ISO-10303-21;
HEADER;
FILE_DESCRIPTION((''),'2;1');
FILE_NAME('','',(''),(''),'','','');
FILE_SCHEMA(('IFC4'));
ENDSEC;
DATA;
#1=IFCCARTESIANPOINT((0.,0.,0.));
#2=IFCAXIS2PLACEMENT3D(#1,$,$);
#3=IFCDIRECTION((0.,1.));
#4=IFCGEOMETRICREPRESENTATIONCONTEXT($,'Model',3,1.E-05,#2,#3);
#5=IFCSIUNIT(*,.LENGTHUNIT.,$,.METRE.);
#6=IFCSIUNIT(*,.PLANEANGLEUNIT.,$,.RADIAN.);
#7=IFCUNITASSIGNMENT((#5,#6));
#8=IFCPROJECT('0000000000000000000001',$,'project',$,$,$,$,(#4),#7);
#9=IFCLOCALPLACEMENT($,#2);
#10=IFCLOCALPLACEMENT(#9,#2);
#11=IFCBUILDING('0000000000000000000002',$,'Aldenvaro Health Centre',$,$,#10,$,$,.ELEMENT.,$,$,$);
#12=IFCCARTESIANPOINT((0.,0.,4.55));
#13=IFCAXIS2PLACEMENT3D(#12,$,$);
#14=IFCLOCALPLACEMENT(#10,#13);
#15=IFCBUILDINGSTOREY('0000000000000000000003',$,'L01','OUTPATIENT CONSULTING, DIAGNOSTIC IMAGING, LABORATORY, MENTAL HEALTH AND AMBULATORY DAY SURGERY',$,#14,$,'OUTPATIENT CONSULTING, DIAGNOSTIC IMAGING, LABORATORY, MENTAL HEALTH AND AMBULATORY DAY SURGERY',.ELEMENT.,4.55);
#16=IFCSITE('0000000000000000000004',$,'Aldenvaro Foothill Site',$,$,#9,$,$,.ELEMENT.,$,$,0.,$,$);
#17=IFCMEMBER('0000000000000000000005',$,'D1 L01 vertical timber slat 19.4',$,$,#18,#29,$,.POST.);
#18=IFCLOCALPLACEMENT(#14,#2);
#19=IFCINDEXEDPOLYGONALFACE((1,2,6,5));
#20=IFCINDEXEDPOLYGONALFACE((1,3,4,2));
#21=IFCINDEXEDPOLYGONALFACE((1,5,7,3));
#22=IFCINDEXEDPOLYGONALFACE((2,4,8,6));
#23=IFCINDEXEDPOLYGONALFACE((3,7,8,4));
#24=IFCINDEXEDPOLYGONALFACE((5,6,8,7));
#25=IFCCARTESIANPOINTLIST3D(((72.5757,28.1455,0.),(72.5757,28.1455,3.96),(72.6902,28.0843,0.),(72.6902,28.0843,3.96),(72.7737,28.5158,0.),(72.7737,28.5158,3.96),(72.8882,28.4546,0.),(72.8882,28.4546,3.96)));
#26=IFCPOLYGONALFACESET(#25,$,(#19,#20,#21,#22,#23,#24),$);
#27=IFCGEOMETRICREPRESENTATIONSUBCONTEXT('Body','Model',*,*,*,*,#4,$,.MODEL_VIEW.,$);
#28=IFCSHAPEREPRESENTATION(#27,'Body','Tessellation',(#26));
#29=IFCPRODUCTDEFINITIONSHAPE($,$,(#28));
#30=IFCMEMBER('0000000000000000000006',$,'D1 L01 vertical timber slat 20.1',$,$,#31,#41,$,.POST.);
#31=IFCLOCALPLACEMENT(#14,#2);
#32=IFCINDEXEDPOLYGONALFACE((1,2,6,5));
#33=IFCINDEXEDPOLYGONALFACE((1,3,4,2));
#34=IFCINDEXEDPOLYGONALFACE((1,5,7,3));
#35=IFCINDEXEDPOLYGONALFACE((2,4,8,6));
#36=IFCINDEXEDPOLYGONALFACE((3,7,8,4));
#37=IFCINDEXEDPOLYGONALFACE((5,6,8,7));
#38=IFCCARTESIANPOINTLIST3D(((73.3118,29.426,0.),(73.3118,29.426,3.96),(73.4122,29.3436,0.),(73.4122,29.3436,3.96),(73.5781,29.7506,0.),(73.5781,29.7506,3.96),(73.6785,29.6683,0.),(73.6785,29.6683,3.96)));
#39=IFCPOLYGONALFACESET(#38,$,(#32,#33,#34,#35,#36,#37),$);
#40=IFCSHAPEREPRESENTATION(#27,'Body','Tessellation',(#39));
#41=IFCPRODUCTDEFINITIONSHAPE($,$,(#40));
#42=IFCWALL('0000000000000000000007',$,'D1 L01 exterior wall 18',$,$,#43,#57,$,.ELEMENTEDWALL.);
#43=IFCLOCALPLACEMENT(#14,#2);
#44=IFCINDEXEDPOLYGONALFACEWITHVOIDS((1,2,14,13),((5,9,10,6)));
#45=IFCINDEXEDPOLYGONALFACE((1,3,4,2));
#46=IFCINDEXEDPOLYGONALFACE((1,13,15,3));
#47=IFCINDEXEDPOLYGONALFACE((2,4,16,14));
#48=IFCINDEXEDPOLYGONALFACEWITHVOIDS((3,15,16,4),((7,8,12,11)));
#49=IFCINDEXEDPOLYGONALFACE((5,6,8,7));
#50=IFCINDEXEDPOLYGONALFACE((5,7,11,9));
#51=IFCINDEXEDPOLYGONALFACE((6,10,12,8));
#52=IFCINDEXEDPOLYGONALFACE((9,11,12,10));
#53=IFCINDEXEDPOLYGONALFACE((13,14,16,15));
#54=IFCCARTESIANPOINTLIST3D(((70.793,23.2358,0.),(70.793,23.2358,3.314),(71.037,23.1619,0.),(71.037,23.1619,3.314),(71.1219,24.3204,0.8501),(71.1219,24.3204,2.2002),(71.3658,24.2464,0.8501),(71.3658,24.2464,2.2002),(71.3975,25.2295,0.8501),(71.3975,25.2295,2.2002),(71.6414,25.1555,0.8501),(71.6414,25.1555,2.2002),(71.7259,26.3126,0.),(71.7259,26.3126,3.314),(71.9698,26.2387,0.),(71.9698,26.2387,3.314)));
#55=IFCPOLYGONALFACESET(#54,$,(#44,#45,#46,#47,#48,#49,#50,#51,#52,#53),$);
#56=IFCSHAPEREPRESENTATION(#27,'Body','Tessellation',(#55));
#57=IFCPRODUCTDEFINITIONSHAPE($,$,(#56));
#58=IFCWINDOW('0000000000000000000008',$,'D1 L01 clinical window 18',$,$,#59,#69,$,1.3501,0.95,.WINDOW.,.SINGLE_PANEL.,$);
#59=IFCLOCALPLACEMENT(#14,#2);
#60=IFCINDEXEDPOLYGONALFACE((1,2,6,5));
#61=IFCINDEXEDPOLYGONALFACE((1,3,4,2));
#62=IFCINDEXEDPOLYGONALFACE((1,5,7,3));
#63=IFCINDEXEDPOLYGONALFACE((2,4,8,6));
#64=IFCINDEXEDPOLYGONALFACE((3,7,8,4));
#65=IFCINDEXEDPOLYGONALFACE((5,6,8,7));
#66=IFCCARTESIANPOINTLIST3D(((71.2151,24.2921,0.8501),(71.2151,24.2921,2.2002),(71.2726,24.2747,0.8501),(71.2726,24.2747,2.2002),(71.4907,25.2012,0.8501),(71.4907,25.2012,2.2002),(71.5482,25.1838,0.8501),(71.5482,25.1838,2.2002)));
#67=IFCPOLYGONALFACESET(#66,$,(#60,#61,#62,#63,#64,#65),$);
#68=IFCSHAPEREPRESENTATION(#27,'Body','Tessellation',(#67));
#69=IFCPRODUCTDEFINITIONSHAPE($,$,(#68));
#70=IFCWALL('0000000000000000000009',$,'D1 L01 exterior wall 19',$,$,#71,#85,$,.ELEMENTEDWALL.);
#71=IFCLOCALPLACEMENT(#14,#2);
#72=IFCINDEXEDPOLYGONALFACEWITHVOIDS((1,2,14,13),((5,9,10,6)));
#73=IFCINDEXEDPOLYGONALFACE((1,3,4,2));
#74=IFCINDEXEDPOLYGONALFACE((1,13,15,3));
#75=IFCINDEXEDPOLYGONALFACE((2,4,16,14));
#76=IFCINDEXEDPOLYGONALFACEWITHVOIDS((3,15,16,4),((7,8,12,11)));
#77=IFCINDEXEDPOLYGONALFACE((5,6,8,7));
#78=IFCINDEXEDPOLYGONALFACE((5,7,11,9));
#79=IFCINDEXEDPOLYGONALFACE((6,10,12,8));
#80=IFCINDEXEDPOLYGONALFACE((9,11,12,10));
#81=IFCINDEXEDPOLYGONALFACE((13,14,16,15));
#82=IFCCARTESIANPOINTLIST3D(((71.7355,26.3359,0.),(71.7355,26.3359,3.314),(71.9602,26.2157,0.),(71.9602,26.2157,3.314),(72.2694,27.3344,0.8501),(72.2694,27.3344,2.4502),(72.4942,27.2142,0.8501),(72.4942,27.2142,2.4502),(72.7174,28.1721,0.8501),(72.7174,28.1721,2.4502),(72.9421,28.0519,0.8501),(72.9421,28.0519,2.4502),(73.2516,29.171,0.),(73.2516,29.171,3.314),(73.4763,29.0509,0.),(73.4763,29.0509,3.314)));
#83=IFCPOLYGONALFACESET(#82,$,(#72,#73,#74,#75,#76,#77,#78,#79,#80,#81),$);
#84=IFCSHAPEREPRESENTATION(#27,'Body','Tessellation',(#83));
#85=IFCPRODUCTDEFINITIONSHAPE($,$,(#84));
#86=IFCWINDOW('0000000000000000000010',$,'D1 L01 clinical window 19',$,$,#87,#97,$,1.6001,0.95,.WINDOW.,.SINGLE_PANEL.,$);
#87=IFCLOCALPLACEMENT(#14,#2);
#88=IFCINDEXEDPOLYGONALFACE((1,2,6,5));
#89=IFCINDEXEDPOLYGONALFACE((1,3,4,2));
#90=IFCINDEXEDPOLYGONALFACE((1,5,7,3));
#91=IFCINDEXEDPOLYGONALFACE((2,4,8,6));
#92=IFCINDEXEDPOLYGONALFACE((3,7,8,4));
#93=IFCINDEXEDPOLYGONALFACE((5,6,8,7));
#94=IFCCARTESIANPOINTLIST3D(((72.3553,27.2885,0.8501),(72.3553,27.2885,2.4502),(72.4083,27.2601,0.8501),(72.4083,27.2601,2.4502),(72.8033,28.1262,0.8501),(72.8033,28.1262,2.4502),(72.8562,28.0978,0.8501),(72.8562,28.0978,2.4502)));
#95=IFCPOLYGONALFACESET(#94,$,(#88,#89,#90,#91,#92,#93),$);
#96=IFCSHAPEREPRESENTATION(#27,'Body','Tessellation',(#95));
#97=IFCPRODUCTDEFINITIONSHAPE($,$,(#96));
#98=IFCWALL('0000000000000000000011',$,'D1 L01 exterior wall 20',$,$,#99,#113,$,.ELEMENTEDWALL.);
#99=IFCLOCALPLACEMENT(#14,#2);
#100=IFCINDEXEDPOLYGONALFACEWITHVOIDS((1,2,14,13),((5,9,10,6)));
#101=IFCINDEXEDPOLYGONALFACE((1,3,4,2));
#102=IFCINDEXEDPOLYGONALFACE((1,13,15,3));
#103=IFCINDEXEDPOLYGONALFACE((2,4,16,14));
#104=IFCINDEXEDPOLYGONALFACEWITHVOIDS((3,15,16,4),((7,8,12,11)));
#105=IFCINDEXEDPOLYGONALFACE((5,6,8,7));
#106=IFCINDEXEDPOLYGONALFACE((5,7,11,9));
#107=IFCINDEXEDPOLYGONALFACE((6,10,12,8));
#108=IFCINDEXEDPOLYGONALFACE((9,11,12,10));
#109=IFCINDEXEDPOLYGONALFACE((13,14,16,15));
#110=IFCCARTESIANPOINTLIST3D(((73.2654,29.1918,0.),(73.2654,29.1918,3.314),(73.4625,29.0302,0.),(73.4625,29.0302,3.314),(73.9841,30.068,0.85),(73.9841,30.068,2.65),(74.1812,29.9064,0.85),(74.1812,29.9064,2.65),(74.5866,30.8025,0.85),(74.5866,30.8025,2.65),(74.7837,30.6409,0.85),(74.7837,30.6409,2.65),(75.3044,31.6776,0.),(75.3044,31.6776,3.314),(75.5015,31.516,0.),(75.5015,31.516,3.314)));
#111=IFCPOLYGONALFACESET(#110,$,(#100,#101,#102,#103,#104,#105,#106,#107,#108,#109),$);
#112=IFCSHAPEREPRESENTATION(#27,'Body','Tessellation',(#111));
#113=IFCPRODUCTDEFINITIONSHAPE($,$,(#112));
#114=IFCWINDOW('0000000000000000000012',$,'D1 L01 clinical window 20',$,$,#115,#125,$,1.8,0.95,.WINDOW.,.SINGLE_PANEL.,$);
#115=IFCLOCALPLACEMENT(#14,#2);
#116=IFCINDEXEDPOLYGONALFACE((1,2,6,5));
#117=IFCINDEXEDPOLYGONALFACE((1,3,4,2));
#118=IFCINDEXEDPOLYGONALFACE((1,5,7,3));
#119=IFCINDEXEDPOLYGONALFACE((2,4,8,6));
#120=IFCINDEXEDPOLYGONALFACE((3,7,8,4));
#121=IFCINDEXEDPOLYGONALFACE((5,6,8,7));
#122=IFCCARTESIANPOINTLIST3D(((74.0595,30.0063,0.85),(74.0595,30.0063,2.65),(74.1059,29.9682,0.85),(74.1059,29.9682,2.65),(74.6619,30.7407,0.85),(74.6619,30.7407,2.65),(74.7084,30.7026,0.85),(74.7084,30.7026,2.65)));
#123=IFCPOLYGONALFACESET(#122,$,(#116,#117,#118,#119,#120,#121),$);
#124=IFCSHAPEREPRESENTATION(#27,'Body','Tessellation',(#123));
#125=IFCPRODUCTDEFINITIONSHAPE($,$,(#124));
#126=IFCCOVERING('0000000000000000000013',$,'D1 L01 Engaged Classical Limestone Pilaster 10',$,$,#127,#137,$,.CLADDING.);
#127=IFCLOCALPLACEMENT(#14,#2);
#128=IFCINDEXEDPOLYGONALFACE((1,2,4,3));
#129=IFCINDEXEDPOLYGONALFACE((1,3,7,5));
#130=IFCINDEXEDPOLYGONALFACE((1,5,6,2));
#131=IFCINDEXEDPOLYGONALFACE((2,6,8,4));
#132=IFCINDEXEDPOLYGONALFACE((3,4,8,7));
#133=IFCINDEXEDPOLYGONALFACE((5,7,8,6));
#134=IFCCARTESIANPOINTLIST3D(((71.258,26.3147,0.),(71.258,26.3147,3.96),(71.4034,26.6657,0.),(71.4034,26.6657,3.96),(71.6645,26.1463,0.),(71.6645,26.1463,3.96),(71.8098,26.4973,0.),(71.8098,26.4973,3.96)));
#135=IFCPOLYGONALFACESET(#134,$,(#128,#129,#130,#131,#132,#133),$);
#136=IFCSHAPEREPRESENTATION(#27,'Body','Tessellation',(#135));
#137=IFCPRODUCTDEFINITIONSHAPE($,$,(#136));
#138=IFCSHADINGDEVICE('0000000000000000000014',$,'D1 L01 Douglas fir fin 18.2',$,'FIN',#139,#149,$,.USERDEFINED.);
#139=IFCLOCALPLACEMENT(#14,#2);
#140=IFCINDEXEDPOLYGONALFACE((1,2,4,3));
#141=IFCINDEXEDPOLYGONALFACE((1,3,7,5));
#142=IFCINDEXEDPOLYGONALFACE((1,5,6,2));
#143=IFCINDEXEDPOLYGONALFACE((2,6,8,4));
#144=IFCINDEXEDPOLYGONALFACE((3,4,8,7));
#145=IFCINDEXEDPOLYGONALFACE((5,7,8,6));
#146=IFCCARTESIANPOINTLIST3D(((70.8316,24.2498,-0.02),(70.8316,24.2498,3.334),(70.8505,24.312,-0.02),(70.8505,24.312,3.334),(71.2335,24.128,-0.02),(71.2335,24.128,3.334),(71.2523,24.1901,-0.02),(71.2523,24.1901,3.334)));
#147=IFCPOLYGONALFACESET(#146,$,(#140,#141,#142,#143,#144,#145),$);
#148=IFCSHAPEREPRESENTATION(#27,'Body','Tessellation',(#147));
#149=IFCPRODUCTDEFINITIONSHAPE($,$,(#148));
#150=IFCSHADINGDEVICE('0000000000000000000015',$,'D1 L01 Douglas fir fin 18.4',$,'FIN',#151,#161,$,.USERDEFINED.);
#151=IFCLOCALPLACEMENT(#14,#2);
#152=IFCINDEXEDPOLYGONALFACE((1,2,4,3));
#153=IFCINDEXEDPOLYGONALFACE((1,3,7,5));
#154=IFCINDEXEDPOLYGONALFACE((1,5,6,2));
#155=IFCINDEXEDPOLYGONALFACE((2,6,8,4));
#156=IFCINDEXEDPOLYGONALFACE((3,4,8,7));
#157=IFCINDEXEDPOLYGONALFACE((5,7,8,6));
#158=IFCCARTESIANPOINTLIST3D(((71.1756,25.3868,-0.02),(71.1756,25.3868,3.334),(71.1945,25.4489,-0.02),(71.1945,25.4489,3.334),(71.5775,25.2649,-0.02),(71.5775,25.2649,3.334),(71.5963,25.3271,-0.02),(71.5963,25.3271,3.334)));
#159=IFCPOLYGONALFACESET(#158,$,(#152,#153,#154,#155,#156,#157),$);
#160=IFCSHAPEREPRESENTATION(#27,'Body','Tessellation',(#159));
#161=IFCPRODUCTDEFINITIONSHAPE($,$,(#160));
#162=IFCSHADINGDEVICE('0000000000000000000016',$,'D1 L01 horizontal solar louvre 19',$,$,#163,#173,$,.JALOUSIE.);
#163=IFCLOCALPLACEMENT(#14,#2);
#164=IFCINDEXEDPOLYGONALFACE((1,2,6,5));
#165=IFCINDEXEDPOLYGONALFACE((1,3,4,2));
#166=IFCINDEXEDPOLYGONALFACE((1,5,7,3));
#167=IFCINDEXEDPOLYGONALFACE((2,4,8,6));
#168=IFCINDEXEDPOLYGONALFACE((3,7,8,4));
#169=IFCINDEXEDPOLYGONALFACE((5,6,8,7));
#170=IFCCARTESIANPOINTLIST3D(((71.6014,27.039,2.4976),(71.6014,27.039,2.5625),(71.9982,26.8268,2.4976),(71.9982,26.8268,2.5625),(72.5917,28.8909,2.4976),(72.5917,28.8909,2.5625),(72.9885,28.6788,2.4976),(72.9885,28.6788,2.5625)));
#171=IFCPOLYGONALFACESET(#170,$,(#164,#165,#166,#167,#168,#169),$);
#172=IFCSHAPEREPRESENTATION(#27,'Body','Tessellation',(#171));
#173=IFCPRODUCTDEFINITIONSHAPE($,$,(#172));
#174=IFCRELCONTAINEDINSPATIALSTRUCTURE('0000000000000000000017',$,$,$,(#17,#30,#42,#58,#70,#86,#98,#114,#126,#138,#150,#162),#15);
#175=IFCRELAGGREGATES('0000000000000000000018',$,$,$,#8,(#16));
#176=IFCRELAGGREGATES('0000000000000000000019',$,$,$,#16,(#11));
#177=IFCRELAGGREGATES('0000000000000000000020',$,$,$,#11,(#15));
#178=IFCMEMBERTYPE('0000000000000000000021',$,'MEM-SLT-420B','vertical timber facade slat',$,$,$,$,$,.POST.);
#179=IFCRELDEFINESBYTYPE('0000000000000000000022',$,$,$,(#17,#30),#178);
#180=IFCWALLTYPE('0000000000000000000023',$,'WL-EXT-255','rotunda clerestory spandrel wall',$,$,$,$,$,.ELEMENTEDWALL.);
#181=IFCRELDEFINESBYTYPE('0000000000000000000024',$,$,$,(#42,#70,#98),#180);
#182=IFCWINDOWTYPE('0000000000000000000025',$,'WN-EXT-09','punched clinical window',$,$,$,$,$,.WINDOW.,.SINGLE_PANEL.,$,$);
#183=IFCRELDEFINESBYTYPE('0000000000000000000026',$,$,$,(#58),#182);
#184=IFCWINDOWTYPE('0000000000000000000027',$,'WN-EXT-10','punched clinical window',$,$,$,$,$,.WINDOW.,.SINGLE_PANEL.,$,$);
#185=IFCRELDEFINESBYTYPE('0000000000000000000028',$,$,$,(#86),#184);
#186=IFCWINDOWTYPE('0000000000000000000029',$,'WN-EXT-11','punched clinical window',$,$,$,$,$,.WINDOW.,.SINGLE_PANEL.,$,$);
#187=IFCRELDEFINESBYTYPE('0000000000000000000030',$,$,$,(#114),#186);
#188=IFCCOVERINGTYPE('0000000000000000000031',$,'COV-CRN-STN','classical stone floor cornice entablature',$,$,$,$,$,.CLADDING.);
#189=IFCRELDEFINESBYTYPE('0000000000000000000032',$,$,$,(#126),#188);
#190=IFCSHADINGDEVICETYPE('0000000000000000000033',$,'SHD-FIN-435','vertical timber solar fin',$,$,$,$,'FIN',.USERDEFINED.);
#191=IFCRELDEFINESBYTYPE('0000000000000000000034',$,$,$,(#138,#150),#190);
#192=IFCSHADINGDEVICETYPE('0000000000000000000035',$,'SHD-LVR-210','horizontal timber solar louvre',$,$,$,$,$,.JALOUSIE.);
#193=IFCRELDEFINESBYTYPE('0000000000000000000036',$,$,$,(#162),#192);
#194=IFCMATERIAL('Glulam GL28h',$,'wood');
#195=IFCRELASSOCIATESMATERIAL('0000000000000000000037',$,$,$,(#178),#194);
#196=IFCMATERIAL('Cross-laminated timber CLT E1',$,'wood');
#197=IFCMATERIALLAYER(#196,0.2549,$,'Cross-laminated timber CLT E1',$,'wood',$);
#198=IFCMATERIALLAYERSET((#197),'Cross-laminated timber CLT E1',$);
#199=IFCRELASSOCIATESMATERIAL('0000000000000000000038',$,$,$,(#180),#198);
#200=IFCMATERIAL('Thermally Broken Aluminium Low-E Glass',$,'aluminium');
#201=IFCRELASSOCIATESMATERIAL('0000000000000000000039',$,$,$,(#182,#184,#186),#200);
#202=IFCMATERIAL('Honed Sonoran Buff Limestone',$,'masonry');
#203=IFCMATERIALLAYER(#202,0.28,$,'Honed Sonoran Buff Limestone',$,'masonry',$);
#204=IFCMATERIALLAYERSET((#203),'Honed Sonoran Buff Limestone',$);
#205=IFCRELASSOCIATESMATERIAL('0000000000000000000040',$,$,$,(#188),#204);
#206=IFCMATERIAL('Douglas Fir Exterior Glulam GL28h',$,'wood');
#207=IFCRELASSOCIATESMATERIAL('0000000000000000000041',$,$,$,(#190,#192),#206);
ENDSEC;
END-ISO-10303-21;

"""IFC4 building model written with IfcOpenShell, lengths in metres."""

from ifc_helpers import new_model, si_unit, direction, frame, frame_2d, origin, origin_2d, place, context, subcontext, project, spatial, rectangle, extrude, material, layer, layer_set, material_profile, profile_set, type_object, element, fill, save


model = new_model("IFC4")

# Units and contexts
model_context = context("Model", 3, precision=1e-05, world=origin(), true_north=direction((0.0, 1.0)))
body_context = subcontext(model_context, "Body", "Model", "MODEL_VIEW")
ifc_project = project(units=[si_unit("LENGTHUNIT", "METRE"), si_unit("PLANEANGLEUNIT", "RADIAN")], contexts=[model_context])

# Site, building, storey
site_placement = place(None, origin())
site = spatial("IfcSite", under=ifc_project, at=site_placement, Name="Aldenvaro Foothill Site", CompositionType="ELEMENT", RefElevation=0.0)
building_placement = place(site_placement, origin())
building = spatial("IfcBuilding", under=site, at=building_placement, Name="Aldenvaro Health Centre", CompositionType="ELEMENT")
storey_placement = place(building_placement, frame((0.0, 0.0, 4.55)))
storey = spatial("IfcBuildingStorey", under=building, at=storey_placement, Name="L01", Description="OUTPATIENT CONSULTING, DIAGNOSTIC IMAGING, LABORATORY, MENTAL HEALTH AND AMBULATORY DAY SURGERY", LongName="OUTPATIENT CONSULTING, DIAGNOSTIC IMAGING, LABORATORY, MENTAL HEALTH AND AMBULATORY DAY SURGERY", CompositionType="ELEMENT", Elevation=4.55)

# Shared definitions
ifc_material_1 = material(Name="Glulam GL28h", Category="wood")

# Members
ifc_material_profile_1 = material_profile(ifc_material_1, rectangle(XDim=0.1299, YDim=0.4199, at=origin_2d()), Name="GL 130x420", Category="wood")
ifc_profile_set_1 = profile_set([ifc_material_profile_1], Name="Glulam GL28h")
member_type_1 = type_object("IfcMemberType", Name="MEM-SLT-420B", Description="vertical timber facade slat", PredefinedType="POST", material=ifc_profile_set_1)
for number, where, z_axis, x_axis, name in (
    (1, (72.7319, 28.3, 0.0), (0.0, 0.0, 1.0), (-0.881836, 0.471557, 0.0), "D1 L01 vertical timber slat 19.4"),
    (2, (73.4951, 29.5471, 0.0), (0.0, 0.0, 1.0), (-0.773195, 0.634169, 0.0), "D1 L01 vertical timber slat 20.1"),
):
    element("IfcMember", number, at=place(storey_placement, frame(where, z_axis=z_axis, x_axis=x_axis)), inside=storey, type_object=member_type_1, Name=name, PredefinedType="POST", context=body_context, shape_type="SweptSolid", body=[
        extrude(rectangle(XDim=0.1299, YDim=0.4199, at=origin_2d()), origin(), (0.0, 0.0, 1.0), 3.96),
    ])

# Walls, openings, windows
ifc_material_2 = material(Name="Cross-laminated timber CLT E1", Category="wood")
ifc_layer_1 = layer(ifc_material_2, 0.2549, Name="Cross-laminated timber CLT E1", Category="wood")
ifc_layer_set_1 = layer_set([ifc_layer_1], Name="Cross-laminated timber CLT E1")
wall_type = type_object("IfcWallType", Name="WL-EXT-255", Description="rotunda clerestory spandrel wall", PredefinedType="ELEMENTEDWALL", material=ifc_layer_set_1)
wall_1_placement = place(storey_placement, frame((70.915, 23.199, 0.0), z_axis=(0.0, 0.0, 1.0), x_axis=(0.29014, 0.956984, 0.0)))
wall_1 = element("IfcWall", 3, at=wall_1_placement, inside=storey, type_object=wall_type, Name="D1 L01 exterior wall 18", PredefinedType="ELEMENTEDWALL", context=body_context, shape_type="SweptSolid", body=[
    extrude(rectangle(XDim=3.2151, YDim=0.2549, at=frame_2d((1.6074, 0.0))), origin(), (0.0, 0.0, 1.0), 3.314),
])
opening_1_placement = place(wall_1_placement, frame((1.1331, 0.0, 0.8501)))
opening_1 = element("IfcOpeningElement", 4, at=opening_1_placement, cuts=wall_1, PredefinedType="OPENING", context=body_context, shape_type="SweptSolid", body=[
    extrude(rectangle(XDim=0.95, YDim=1.3501, at=frame_2d((0.4751, 0.675))), frame((0.0, 0.1375, 0.0), z_axis=(0.0, -1.0, 0.0), x_axis=(1.0, 0.0, 0.0)), (0.0, 0.0, 1.0), 0.2749),
])
ifc_material_3 = material(Name="Thermally Broken Aluminium Low-E Glass", Category="aluminium")
window_type_1 = type_object("IfcWindowType", Name="WN-EXT-09", Description="punched clinical window", PartitioningType="SINGLE_PANEL", PredefinedType="WINDOW", material=ifc_material_3)
window_1_placement = place(opening_1_placement, origin())
window_1 = element("IfcWindow", 5, at=window_1_placement, inside=storey, type_object=window_type_1, Name="D1 L01 clinical window 18", OverallHeight=1.3501, OverallWidth=0.95, PartitioningType="SINGLE_PANEL", PredefinedType="WINDOW", context=body_context, shape_type="SweptSolid", body=[
    extrude(rectangle(XDim=0.95, YDim=1.3501, at=frame_2d((0.4751, 0.675))), frame((0.0, 0.03, 0.0), z_axis=(0.0, -1.0, 0.0), x_axis=(1.0, 0.0, 0.0)), (0.0, 0.0, 1.0), 0.0601),
])
fill(opening_1, window_1)
wall_2_placement = place(storey_placement, frame((71.8479, 26.2759, 0.0), z_axis=(0.0, 0.0, 1.0), x_axis=(0.471558, 0.881835, 0.0)))
wall_2 = element("IfcWall", 6, at=wall_2_placement, inside=storey, type_object=wall_type, Name="D1 L01 exterior wall 19", PredefinedType="ELEMENTEDWALL", context=body_context, shape_type="SweptSolid", body=[
    extrude(rectangle(XDim=3.2151, YDim=0.2549, at=frame_2d((1.6074, 0.0))), origin(), (0.0, 0.0, 1.0), 3.314),
])
opening_2_placement = place(wall_2_placement, frame((1.1321, 0.0, 0.8501)))
opening_2 = element("IfcOpeningElement", 7, at=opening_2_placement, cuts=wall_2, PredefinedType="OPENING", context=body_context, shape_type="SweptSolid", body=[
    extrude(rectangle(XDim=0.95, YDim=1.6001, at=frame_2d((0.4751, 0.8))), frame((0.0, 0.1375, 0.0), z_axis=(0.0, -1.0, 0.0), x_axis=(1.0, 0.0, 0.0)), (0.0, 0.0, 1.0), 0.2749),
])
window_type_2 = type_object("IfcWindowType", Name="WN-EXT-10", Description="punched clinical window", PartitioningType="SINGLE_PANEL", PredefinedType="WINDOW", material=ifc_material_3)
window_2_placement = place(opening_2_placement, origin())
window_2 = element("IfcWindow", 8, at=window_2_placement, inside=storey, type_object=window_type_2, Name="D1 L01 clinical window 19", OverallHeight=1.6001, OverallWidth=0.95, PartitioningType="SINGLE_PANEL", PredefinedType="WINDOW", context=body_context, shape_type="SweptSolid", body=[
    extrude(rectangle(XDim=0.95, YDim=1.6001, at=frame_2d((0.4751, 0.8))), frame((0.0, 0.03, 0.0), z_axis=(0.0, -1.0, 0.0), x_axis=(1.0, 0.0, 0.0)), (0.0, 0.0, 1.0), 0.0601),
])
fill(opening_2, window_2)
wall_3_placement = place(storey_placement, frame((73.364, 29.1111, 0.0), z_axis=(0.0, 0.0, 1.0), x_axis=(0.634205, 0.773165, 0.0)))
wall_3 = element("IfcWall", 9, at=wall_3_placement, inside=storey, type_object=wall_type, Name="D1 L01 exterior wall 20", PredefinedType="ELEMENTEDWALL", context=body_context, shape_type="SweptSolid", body=[
    extrude(rectangle(XDim=3.2151, YDim=0.2549, at=frame_2d((1.6074, 0.0))), origin(), (0.0, 0.0, 1.0), 3.314),
])
opening_3_placement = place(wall_3_placement, frame((1.1331, 0.0, 0.8501)))
opening_3 = element("IfcOpeningElement", 10, at=opening_3_placement, cuts=wall_3, PredefinedType="OPENING", context=body_context, shape_type="SweptSolid", body=[
    extrude(rectangle(XDim=0.95, YDim=1.8, at=frame_2d((0.4751, 0.8999))), frame((0.0, 0.1375, 0.0), z_axis=(0.0, -1.0, 0.0), x_axis=(1.0, 0.0, 0.0)), (0.0, 0.0, 1.0), 0.2749),
])
window_type_3 = type_object("IfcWindowType", Name="WN-EXT-11", Description="punched clinical window", PartitioningType="SINGLE_PANEL", PredefinedType="WINDOW", material=ifc_material_3)
window_3_placement = place(opening_3_placement, origin())
window_3 = element("IfcWindow", 11, at=window_3_placement, inside=storey, type_object=window_type_3, Name="D1 L01 clinical window 20", OverallHeight=1.8, OverallWidth=0.95, PartitioningType="SINGLE_PANEL", PredefinedType="WINDOW", context=body_context, shape_type="SweptSolid", body=[
    extrude(rectangle(XDim=0.95, YDim=1.8, at=frame_2d((0.4751, 0.8999))), frame((0.0, 0.03, 0.0), z_axis=(0.0, -1.0, 0.0), x_axis=(1.0, 0.0, 0.0)), (0.0, 0.0, 1.0), 0.0601),
])
fill(opening_3, window_3)

# Covering
ifc_material_4 = material(Name="Honed Sonoran Buff Limestone", Category="masonry")
ifc_layer_2 = layer(ifc_material_4, 0.28, Name="Honed Sonoran Buff Limestone", Category="masonry")
ifc_layer_set_2 = layer_set([ifc_layer_2], Name="Honed Sonoran Buff Limestone")
covering_type = type_object("IfcCoveringType", Name="COV-CRN-STN", Description="classical stone floor cornice entablature", PredefinedType="CLADDING", material=ifc_layer_set_2)
covering_placement = place(storey_placement, frame((71.5339, 26.406, 0.0), z_axis=(0.0, 0.0, 1.0), x_axis=(-0.923883, 0.382675, 0.0)))
element("IfcCovering", 12, at=covering_placement, inside=storey, type_object=covering_type, Name="D1 L01 Engaged Classical Limestone Pilaster 10", PredefinedType="CLADDING", context=body_context, shape_type="SweptSolid", body=[
    extrude(rectangle(XDim=0.4399, YDim=0.3799, at=origin_2d()), origin(), (0.0, 0.0, 1.0), 3.96),
])

# Shading devices
ifc_material_5 = material(Name="Douglas Fir Exterior Glulam GL28h", Category="wood")
shading_device_type_1 = type_object("IfcShadingDeviceType", Name="SHD-FIN-435", Description="vertical timber solar fin", ElementType="FIN", PredefinedType="USERDEFINED", material=ifc_material_5)
for number, where, z_axis, x_axis, name in (
    (13, (71.042, 24.22, -0.02), (0.0, 0.0, 1.0), (0.290171, 0.956975, 0.0), "D1 L01 Douglas fir fin 18.2"),
    (14, (71.386, 25.3569, -0.02), (0.0, 0.0, 1.0), (0.290171, 0.956975, 0.0), "D1 L01 Douglas fir fin 18.4"),
):
    element("IfcShadingDevice", number, at=place(storey_placement, frame(where, z_axis=z_axis, x_axis=x_axis)), inside=storey, type_object=shading_device_type_1, Name=name, ObjectType="FIN", PredefinedType="USERDEFINED", context=body_context, shape_type="SweptSolid", body=[
        extrude(rectangle(XDim=0.0649, YDim=0.4199, at=origin_2d()), origin(), (0.0, 0.0, 1.0), 3.354),
    ])
shading_device_type_2 = type_object("IfcShadingDeviceType", Name="SHD-LVR-210", Description="horizontal timber solar louvre", PredefinedType="JALOUSIE", material=ifc_material_5)
shading_device_placement = place(storey_placement, frame((72.2949, 27.8589, 2.4976), z_axis=(0.0, 0.0, 1.0), x_axis=(0.471557, 0.881836, 0.0)))
element("IfcShadingDevice", 15, at=shading_device_placement, inside=storey, type_object=shading_device_type_2, Name="D1 L01 horizontal solar louvre 19", PredefinedType="JALOUSIE", context=body_context, shape_type="SweptSolid", body=[
    extrude(rectangle(XDim=2.1001, YDim=0.45, at=origin_2d()), origin(), (0.0, 0.0, 1.0), 0.0649),
])

save(model, "model.ifc")
